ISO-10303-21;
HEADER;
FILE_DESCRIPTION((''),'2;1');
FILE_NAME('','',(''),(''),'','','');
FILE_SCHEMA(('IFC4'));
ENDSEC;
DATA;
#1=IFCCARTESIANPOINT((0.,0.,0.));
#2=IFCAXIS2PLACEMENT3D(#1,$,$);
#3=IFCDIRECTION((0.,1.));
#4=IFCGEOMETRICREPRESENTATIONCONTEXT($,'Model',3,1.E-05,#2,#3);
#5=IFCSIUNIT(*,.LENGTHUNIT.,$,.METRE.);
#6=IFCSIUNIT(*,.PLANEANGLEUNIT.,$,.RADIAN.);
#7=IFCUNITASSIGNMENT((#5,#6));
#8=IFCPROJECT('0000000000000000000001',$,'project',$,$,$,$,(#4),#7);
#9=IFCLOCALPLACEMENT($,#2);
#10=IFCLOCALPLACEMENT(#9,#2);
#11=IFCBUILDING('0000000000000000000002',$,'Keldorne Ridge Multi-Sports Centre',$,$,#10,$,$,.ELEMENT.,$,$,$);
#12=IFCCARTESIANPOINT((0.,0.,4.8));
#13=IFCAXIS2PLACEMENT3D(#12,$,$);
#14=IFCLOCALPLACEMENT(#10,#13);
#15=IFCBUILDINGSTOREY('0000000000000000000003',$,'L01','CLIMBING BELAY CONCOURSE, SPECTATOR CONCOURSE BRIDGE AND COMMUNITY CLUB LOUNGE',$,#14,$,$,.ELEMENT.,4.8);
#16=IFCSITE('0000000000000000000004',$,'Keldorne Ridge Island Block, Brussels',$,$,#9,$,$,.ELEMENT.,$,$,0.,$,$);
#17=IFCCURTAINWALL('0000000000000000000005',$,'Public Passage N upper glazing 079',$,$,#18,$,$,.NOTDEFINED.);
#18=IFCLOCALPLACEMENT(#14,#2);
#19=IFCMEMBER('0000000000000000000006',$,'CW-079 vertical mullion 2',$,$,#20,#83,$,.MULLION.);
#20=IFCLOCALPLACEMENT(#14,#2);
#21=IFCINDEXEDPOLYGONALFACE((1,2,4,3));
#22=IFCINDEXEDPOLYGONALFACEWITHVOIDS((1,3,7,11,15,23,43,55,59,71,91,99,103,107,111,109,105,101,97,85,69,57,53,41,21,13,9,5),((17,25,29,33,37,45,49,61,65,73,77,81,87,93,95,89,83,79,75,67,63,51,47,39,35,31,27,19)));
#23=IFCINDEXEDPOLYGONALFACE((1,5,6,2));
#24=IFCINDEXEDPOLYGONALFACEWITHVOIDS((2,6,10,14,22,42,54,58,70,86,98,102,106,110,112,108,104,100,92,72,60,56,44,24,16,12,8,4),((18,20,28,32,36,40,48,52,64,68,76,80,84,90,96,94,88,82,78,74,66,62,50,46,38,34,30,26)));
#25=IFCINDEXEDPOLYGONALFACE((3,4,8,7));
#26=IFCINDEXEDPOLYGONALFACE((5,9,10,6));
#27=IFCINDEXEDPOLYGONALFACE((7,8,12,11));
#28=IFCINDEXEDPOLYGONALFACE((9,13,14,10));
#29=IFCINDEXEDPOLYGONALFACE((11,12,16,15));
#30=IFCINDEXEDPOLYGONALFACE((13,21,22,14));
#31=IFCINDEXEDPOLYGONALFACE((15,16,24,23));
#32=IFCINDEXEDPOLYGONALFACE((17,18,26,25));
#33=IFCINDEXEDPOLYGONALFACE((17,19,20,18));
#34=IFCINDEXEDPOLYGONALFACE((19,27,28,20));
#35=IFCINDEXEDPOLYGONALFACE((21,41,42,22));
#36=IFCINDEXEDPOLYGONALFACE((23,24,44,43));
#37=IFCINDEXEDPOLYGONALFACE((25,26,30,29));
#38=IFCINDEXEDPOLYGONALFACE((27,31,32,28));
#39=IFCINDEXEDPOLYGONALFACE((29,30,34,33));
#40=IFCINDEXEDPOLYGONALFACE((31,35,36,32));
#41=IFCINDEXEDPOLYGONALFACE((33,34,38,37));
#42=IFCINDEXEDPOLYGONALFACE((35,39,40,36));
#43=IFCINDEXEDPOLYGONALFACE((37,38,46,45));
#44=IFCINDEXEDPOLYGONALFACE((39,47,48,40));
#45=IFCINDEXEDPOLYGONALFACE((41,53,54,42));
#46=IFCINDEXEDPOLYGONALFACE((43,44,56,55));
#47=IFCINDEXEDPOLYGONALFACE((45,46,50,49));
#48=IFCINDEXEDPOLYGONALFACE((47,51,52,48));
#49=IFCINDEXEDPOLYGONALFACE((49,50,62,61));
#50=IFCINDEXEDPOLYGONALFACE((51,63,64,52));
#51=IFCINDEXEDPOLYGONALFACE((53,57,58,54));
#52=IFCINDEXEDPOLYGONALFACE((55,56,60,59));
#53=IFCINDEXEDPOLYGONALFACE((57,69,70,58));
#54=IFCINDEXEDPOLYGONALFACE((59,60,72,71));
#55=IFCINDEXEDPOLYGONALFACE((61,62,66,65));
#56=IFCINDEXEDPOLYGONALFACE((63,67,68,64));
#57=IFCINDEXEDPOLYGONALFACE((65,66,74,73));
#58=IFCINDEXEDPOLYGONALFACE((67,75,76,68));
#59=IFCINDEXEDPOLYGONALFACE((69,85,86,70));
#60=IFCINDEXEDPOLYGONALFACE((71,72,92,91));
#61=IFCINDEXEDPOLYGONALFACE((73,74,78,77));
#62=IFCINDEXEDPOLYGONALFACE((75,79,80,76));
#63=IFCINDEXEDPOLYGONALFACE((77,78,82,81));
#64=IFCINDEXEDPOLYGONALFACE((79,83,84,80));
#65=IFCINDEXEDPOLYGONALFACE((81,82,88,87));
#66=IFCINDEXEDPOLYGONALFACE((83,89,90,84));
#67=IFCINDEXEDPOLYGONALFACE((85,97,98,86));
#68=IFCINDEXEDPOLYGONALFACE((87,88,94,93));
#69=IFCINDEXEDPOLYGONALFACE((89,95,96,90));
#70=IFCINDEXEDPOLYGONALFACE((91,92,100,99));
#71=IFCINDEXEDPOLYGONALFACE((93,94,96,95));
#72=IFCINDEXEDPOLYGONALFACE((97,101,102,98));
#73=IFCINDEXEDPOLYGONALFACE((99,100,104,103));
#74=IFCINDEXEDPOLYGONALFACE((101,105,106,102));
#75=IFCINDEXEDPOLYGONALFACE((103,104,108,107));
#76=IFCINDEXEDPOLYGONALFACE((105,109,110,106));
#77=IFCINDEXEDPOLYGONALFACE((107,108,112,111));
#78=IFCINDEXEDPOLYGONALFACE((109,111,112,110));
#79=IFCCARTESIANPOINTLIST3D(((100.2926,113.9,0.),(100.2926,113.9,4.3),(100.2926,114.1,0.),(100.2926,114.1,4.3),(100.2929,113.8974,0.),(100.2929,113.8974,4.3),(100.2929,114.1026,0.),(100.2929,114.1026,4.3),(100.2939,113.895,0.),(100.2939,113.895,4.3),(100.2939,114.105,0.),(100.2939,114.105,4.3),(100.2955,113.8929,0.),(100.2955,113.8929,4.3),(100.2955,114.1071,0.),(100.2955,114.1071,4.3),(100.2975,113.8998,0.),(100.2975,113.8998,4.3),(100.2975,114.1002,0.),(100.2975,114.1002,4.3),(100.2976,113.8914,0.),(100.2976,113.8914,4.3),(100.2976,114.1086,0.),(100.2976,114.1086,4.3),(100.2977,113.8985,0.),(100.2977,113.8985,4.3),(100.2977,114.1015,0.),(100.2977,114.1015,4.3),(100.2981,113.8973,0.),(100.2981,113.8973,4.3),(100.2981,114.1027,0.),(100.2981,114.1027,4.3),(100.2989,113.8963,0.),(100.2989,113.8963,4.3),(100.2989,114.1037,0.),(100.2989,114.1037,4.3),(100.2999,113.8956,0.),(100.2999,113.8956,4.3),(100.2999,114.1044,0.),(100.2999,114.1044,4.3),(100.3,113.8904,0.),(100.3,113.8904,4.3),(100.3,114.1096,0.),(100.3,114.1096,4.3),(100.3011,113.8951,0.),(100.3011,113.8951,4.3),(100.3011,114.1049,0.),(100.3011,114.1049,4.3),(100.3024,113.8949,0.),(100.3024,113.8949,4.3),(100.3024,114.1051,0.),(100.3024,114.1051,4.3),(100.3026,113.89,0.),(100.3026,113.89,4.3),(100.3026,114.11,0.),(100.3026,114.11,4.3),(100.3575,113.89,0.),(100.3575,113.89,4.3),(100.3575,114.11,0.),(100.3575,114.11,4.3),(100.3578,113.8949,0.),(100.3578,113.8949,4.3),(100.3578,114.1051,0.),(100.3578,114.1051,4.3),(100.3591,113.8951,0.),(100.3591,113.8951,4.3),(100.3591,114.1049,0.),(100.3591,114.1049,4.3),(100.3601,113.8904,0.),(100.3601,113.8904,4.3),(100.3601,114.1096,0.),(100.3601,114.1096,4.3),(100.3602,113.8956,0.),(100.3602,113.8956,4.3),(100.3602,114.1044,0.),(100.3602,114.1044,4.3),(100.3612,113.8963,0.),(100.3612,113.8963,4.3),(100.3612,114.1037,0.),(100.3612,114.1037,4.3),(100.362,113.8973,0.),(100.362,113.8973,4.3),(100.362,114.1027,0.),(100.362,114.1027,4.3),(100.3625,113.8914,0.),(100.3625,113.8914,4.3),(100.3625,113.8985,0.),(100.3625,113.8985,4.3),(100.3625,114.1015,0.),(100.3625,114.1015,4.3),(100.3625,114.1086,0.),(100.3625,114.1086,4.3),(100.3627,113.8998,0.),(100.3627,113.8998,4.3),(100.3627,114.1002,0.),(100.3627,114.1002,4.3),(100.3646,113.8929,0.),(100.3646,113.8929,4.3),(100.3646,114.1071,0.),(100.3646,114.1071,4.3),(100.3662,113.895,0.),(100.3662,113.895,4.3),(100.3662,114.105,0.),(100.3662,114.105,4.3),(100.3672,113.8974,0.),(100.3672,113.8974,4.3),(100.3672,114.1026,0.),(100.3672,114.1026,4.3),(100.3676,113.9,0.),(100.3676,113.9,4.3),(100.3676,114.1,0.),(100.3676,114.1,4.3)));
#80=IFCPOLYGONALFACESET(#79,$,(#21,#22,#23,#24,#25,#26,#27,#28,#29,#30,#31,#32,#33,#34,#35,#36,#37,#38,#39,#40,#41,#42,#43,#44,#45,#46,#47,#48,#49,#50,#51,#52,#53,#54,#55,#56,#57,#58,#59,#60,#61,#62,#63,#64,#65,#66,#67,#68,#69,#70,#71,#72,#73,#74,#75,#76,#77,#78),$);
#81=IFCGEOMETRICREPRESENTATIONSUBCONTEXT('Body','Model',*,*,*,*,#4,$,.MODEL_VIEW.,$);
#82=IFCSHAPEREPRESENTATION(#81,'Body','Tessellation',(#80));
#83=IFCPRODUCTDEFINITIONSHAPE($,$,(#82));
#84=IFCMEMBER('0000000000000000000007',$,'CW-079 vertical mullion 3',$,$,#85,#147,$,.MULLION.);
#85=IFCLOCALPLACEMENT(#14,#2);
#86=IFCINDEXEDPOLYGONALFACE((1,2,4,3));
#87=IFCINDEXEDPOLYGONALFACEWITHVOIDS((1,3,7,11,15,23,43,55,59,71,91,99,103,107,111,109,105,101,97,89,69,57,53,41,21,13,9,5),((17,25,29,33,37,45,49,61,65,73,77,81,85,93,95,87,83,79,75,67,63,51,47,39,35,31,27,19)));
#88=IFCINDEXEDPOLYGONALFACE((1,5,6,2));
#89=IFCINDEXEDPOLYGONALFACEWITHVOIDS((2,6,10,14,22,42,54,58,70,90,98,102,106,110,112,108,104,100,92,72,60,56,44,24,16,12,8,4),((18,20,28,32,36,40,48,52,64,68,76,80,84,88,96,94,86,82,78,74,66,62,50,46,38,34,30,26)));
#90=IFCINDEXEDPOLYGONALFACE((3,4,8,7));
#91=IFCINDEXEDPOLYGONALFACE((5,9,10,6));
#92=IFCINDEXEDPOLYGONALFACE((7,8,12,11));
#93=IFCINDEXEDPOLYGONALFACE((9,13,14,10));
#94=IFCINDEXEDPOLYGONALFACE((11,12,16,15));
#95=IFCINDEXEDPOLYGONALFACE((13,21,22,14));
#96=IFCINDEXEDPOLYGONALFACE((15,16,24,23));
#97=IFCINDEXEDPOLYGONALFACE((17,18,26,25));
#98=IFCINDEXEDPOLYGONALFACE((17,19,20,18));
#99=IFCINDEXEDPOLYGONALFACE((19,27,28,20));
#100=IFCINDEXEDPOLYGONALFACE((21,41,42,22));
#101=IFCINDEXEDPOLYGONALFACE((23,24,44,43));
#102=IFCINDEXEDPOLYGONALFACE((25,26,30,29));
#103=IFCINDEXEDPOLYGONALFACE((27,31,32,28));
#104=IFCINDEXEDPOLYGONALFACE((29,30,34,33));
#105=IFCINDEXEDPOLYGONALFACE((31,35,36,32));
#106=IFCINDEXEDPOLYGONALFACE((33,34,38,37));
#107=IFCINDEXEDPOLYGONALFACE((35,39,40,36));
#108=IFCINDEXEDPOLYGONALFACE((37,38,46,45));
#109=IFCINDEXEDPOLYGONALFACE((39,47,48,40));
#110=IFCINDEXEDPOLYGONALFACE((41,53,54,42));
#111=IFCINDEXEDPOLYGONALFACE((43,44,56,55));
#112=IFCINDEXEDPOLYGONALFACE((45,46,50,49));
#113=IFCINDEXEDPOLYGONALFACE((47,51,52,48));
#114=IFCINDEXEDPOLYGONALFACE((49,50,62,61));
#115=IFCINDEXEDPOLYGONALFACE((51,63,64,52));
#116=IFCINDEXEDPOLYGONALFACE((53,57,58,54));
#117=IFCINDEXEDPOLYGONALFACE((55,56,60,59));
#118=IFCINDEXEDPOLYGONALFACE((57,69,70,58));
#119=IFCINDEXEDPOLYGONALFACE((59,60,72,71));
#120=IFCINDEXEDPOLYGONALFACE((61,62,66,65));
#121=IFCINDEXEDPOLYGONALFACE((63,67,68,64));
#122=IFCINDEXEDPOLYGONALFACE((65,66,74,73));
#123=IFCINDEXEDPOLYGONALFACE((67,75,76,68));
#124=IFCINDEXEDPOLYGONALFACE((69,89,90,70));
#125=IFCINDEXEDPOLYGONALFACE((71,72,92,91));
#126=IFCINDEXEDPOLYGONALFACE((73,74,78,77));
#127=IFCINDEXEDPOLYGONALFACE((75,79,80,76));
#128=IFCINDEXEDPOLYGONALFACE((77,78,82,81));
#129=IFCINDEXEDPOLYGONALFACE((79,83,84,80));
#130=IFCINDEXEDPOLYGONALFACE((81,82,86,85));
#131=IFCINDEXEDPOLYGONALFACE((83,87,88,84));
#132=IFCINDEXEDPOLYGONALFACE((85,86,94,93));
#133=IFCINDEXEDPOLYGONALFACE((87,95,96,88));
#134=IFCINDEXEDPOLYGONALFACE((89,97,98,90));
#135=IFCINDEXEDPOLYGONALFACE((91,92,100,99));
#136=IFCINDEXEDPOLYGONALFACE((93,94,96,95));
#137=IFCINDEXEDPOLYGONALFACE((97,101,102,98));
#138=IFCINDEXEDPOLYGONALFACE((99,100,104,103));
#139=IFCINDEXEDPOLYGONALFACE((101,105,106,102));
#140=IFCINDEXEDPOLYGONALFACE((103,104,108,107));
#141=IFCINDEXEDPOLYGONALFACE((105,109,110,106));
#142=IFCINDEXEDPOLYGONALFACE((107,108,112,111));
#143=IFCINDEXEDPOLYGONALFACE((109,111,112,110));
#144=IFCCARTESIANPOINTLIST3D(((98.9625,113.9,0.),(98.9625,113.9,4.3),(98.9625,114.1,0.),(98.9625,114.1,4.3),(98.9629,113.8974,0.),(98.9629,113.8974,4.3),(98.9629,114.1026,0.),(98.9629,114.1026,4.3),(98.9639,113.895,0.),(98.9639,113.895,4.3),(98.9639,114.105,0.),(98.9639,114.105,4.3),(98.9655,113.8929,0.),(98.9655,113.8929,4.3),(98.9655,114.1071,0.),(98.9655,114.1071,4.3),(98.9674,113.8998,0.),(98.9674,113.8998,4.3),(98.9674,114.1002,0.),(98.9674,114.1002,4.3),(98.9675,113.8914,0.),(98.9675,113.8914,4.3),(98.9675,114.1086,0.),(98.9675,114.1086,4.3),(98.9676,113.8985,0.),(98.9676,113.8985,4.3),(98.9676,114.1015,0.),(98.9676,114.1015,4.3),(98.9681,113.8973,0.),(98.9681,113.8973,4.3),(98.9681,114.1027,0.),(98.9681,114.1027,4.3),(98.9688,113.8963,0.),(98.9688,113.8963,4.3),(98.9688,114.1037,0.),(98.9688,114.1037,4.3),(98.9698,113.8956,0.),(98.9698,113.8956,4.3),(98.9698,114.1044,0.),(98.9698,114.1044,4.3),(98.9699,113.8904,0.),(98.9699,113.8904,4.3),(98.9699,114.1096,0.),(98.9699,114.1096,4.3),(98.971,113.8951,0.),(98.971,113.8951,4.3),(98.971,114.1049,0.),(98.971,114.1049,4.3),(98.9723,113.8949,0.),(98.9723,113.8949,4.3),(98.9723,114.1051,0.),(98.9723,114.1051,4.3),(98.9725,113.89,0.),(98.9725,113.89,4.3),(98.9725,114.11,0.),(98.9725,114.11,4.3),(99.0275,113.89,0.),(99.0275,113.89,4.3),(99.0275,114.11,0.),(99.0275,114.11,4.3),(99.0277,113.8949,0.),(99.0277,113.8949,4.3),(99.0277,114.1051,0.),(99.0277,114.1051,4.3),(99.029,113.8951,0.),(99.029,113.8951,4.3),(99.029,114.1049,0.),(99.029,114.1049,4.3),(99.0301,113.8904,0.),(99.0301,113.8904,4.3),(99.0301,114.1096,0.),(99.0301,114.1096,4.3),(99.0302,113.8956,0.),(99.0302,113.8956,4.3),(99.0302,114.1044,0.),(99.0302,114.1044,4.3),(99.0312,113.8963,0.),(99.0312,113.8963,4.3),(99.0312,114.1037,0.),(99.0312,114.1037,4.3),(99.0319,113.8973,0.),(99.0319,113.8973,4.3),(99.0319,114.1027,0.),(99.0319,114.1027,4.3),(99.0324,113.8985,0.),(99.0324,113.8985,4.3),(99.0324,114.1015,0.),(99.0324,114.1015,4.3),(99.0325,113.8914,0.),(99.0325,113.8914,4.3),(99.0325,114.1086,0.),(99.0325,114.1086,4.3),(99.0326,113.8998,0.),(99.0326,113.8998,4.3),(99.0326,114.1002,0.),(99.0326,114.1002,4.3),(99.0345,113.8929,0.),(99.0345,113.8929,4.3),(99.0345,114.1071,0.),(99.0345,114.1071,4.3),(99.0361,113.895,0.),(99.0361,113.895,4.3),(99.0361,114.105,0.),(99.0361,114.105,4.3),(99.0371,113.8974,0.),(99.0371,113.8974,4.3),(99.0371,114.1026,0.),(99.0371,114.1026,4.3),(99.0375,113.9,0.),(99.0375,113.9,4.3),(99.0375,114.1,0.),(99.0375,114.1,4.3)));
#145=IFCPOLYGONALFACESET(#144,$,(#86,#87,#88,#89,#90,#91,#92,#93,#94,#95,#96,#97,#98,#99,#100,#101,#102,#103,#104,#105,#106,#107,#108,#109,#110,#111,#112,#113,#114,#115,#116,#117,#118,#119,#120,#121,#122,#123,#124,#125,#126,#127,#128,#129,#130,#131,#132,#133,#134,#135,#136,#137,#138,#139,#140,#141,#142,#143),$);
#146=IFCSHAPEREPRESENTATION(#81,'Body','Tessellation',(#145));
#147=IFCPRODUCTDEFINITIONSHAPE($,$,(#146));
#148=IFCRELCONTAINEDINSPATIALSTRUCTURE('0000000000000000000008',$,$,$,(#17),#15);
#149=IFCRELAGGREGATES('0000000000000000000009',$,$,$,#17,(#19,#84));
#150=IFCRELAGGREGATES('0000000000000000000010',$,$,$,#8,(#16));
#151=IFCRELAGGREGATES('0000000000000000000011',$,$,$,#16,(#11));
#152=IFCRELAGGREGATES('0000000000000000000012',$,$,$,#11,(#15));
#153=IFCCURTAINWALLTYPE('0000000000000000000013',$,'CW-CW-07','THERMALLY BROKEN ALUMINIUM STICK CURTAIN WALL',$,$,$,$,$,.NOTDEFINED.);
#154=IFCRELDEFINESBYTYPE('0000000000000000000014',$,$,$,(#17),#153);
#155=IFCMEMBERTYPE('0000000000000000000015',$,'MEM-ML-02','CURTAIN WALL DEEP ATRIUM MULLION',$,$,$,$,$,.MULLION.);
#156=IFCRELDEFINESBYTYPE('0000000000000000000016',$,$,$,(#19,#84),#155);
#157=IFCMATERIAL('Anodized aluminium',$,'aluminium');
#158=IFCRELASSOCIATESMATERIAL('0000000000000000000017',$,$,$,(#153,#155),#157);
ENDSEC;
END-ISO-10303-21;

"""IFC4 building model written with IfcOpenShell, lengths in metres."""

from ifc_helpers import new_model, si_unit, direction, frame, origin, origin_2d, place, context, subcontext, project, spatial, hollow_rectangle, extrude, material, material_profile, profile_set, type_object, element, aggregate, save


model = new_model("IFC4")

# Units and contexts
model_context = context("Model", 3, precision=1e-05, world=origin(), true_north=direction((0.0, 1.0)))
body_context = subcontext(model_context, "Body", "Model", "MODEL_VIEW")
ifc_project = project(units=[si_unit("LENGTHUNIT", "METRE"), si_unit("PLANEANGLEUNIT", "RADIAN")], contexts=[model_context])

# Site, building, storey
site_placement = place(None, origin())
site = spatial("IfcSite", under=ifc_project, at=site_placement, Name="Keldorne Ridge Island Block, Brussels", CompositionType="ELEMENT", RefElevation=0.0)
building_placement = place(site_placement, origin())
building = spatial("IfcBuilding", under=site, at=building_placement, Name="Keldorne Ridge Multi-Sports Centre", CompositionType="ELEMENT")
storey_placement = place(building_placement, frame((0.0, 0.0, 4.8)))
storey = spatial("IfcBuildingStorey", under=building, at=storey_placement, Name="L01", Description="CLIMBING BELAY CONCOURSE, SPECTATOR CONCOURSE BRIDGE AND COMMUNITY CLUB LOUNGE", CompositionType="ELEMENT", Elevation=4.8)

# Curtain wall, members
ifc_material_1 = material(Name="Anodized aluminium", Category="aluminium")
curtain_wall_type = type_object("IfcCurtainWallType", Name="CW-CW-07", Description="THERMALLY BROKEN ALUMINIUM STICK CURTAIN WALL", PredefinedType="NOTDEFINED", material=ifc_material_1)
curtain_wall_placement = place(storey_placement, origin())
curtain_wall = element("IfcCurtainWall", 1, at=curtain_wall_placement, inside=storey, type_object=curtain_wall_type, Name="Public Passage N upper glazing 079", PredefinedType="NOTDEFINED")
ifc_material_profile_1 = material_profile(ifc_material_1, hollow_rectangle(XDim=0.075, YDim=0.22, WallThickness=0.0049, InnerFilletRadius=0.0049, OuterFilletRadius=0.01, at=origin_2d()), Name="ALU MULLION 220x75x5")
ifc_profile_set_1 = profile_set([ifc_material_profile_1], Name="Anodized aluminium")
member_type_1 = type_object("IfcMemberType", Name="MEM-ML-02", Description="CURTAIN WALL DEEP ATRIUM MULLION", PredefinedType="MULLION", material=ifc_profile_set_1)
member_1_placement = place(storey_placement, frame((100.3301, 114.0, 0.0), z_axis=(0.0, 0.0, 1.0), x_axis=(1.0, 0.0, 0.0)))
member_1 = element("IfcMember", 2, at=member_1_placement, type_object=member_type_1, Name="CW-079 vertical mullion 2", PredefinedType="MULLION", context=body_context, shape_type="SweptSolid", body=[
    extrude(hollow_rectangle(XDim=0.075, YDim=0.22, WallThickness=0.0049, InnerFilletRadius=0.0049, OuterFilletRadius=0.01, at=origin_2d()), origin(), (0.0, 0.0, 1.0), 4.3),
])
member_2_placement = place(storey_placement, frame((99.0, 114.0, 0.0), z_axis=(0.0, 0.0, 1.0), x_axis=(1.0, 0.0, 0.0)))
member_2 = element("IfcMember", 3, at=member_2_placement, type_object=member_type_1, Name="CW-079 vertical mullion 3", PredefinedType="MULLION", context=body_context, shape_type="SweptSolid", body=[
    extrude(hollow_rectangle(XDim=0.075, YDim=0.22, WallThickness=0.0049, InnerFilletRadius=0.0049, OuterFilletRadius=0.01, at=origin_2d()), origin(), (0.0, 0.0, 1.0), 4.3),
])
aggregate(curtain_wall, [member_1, member_2])

save(model, "model.ifc")
